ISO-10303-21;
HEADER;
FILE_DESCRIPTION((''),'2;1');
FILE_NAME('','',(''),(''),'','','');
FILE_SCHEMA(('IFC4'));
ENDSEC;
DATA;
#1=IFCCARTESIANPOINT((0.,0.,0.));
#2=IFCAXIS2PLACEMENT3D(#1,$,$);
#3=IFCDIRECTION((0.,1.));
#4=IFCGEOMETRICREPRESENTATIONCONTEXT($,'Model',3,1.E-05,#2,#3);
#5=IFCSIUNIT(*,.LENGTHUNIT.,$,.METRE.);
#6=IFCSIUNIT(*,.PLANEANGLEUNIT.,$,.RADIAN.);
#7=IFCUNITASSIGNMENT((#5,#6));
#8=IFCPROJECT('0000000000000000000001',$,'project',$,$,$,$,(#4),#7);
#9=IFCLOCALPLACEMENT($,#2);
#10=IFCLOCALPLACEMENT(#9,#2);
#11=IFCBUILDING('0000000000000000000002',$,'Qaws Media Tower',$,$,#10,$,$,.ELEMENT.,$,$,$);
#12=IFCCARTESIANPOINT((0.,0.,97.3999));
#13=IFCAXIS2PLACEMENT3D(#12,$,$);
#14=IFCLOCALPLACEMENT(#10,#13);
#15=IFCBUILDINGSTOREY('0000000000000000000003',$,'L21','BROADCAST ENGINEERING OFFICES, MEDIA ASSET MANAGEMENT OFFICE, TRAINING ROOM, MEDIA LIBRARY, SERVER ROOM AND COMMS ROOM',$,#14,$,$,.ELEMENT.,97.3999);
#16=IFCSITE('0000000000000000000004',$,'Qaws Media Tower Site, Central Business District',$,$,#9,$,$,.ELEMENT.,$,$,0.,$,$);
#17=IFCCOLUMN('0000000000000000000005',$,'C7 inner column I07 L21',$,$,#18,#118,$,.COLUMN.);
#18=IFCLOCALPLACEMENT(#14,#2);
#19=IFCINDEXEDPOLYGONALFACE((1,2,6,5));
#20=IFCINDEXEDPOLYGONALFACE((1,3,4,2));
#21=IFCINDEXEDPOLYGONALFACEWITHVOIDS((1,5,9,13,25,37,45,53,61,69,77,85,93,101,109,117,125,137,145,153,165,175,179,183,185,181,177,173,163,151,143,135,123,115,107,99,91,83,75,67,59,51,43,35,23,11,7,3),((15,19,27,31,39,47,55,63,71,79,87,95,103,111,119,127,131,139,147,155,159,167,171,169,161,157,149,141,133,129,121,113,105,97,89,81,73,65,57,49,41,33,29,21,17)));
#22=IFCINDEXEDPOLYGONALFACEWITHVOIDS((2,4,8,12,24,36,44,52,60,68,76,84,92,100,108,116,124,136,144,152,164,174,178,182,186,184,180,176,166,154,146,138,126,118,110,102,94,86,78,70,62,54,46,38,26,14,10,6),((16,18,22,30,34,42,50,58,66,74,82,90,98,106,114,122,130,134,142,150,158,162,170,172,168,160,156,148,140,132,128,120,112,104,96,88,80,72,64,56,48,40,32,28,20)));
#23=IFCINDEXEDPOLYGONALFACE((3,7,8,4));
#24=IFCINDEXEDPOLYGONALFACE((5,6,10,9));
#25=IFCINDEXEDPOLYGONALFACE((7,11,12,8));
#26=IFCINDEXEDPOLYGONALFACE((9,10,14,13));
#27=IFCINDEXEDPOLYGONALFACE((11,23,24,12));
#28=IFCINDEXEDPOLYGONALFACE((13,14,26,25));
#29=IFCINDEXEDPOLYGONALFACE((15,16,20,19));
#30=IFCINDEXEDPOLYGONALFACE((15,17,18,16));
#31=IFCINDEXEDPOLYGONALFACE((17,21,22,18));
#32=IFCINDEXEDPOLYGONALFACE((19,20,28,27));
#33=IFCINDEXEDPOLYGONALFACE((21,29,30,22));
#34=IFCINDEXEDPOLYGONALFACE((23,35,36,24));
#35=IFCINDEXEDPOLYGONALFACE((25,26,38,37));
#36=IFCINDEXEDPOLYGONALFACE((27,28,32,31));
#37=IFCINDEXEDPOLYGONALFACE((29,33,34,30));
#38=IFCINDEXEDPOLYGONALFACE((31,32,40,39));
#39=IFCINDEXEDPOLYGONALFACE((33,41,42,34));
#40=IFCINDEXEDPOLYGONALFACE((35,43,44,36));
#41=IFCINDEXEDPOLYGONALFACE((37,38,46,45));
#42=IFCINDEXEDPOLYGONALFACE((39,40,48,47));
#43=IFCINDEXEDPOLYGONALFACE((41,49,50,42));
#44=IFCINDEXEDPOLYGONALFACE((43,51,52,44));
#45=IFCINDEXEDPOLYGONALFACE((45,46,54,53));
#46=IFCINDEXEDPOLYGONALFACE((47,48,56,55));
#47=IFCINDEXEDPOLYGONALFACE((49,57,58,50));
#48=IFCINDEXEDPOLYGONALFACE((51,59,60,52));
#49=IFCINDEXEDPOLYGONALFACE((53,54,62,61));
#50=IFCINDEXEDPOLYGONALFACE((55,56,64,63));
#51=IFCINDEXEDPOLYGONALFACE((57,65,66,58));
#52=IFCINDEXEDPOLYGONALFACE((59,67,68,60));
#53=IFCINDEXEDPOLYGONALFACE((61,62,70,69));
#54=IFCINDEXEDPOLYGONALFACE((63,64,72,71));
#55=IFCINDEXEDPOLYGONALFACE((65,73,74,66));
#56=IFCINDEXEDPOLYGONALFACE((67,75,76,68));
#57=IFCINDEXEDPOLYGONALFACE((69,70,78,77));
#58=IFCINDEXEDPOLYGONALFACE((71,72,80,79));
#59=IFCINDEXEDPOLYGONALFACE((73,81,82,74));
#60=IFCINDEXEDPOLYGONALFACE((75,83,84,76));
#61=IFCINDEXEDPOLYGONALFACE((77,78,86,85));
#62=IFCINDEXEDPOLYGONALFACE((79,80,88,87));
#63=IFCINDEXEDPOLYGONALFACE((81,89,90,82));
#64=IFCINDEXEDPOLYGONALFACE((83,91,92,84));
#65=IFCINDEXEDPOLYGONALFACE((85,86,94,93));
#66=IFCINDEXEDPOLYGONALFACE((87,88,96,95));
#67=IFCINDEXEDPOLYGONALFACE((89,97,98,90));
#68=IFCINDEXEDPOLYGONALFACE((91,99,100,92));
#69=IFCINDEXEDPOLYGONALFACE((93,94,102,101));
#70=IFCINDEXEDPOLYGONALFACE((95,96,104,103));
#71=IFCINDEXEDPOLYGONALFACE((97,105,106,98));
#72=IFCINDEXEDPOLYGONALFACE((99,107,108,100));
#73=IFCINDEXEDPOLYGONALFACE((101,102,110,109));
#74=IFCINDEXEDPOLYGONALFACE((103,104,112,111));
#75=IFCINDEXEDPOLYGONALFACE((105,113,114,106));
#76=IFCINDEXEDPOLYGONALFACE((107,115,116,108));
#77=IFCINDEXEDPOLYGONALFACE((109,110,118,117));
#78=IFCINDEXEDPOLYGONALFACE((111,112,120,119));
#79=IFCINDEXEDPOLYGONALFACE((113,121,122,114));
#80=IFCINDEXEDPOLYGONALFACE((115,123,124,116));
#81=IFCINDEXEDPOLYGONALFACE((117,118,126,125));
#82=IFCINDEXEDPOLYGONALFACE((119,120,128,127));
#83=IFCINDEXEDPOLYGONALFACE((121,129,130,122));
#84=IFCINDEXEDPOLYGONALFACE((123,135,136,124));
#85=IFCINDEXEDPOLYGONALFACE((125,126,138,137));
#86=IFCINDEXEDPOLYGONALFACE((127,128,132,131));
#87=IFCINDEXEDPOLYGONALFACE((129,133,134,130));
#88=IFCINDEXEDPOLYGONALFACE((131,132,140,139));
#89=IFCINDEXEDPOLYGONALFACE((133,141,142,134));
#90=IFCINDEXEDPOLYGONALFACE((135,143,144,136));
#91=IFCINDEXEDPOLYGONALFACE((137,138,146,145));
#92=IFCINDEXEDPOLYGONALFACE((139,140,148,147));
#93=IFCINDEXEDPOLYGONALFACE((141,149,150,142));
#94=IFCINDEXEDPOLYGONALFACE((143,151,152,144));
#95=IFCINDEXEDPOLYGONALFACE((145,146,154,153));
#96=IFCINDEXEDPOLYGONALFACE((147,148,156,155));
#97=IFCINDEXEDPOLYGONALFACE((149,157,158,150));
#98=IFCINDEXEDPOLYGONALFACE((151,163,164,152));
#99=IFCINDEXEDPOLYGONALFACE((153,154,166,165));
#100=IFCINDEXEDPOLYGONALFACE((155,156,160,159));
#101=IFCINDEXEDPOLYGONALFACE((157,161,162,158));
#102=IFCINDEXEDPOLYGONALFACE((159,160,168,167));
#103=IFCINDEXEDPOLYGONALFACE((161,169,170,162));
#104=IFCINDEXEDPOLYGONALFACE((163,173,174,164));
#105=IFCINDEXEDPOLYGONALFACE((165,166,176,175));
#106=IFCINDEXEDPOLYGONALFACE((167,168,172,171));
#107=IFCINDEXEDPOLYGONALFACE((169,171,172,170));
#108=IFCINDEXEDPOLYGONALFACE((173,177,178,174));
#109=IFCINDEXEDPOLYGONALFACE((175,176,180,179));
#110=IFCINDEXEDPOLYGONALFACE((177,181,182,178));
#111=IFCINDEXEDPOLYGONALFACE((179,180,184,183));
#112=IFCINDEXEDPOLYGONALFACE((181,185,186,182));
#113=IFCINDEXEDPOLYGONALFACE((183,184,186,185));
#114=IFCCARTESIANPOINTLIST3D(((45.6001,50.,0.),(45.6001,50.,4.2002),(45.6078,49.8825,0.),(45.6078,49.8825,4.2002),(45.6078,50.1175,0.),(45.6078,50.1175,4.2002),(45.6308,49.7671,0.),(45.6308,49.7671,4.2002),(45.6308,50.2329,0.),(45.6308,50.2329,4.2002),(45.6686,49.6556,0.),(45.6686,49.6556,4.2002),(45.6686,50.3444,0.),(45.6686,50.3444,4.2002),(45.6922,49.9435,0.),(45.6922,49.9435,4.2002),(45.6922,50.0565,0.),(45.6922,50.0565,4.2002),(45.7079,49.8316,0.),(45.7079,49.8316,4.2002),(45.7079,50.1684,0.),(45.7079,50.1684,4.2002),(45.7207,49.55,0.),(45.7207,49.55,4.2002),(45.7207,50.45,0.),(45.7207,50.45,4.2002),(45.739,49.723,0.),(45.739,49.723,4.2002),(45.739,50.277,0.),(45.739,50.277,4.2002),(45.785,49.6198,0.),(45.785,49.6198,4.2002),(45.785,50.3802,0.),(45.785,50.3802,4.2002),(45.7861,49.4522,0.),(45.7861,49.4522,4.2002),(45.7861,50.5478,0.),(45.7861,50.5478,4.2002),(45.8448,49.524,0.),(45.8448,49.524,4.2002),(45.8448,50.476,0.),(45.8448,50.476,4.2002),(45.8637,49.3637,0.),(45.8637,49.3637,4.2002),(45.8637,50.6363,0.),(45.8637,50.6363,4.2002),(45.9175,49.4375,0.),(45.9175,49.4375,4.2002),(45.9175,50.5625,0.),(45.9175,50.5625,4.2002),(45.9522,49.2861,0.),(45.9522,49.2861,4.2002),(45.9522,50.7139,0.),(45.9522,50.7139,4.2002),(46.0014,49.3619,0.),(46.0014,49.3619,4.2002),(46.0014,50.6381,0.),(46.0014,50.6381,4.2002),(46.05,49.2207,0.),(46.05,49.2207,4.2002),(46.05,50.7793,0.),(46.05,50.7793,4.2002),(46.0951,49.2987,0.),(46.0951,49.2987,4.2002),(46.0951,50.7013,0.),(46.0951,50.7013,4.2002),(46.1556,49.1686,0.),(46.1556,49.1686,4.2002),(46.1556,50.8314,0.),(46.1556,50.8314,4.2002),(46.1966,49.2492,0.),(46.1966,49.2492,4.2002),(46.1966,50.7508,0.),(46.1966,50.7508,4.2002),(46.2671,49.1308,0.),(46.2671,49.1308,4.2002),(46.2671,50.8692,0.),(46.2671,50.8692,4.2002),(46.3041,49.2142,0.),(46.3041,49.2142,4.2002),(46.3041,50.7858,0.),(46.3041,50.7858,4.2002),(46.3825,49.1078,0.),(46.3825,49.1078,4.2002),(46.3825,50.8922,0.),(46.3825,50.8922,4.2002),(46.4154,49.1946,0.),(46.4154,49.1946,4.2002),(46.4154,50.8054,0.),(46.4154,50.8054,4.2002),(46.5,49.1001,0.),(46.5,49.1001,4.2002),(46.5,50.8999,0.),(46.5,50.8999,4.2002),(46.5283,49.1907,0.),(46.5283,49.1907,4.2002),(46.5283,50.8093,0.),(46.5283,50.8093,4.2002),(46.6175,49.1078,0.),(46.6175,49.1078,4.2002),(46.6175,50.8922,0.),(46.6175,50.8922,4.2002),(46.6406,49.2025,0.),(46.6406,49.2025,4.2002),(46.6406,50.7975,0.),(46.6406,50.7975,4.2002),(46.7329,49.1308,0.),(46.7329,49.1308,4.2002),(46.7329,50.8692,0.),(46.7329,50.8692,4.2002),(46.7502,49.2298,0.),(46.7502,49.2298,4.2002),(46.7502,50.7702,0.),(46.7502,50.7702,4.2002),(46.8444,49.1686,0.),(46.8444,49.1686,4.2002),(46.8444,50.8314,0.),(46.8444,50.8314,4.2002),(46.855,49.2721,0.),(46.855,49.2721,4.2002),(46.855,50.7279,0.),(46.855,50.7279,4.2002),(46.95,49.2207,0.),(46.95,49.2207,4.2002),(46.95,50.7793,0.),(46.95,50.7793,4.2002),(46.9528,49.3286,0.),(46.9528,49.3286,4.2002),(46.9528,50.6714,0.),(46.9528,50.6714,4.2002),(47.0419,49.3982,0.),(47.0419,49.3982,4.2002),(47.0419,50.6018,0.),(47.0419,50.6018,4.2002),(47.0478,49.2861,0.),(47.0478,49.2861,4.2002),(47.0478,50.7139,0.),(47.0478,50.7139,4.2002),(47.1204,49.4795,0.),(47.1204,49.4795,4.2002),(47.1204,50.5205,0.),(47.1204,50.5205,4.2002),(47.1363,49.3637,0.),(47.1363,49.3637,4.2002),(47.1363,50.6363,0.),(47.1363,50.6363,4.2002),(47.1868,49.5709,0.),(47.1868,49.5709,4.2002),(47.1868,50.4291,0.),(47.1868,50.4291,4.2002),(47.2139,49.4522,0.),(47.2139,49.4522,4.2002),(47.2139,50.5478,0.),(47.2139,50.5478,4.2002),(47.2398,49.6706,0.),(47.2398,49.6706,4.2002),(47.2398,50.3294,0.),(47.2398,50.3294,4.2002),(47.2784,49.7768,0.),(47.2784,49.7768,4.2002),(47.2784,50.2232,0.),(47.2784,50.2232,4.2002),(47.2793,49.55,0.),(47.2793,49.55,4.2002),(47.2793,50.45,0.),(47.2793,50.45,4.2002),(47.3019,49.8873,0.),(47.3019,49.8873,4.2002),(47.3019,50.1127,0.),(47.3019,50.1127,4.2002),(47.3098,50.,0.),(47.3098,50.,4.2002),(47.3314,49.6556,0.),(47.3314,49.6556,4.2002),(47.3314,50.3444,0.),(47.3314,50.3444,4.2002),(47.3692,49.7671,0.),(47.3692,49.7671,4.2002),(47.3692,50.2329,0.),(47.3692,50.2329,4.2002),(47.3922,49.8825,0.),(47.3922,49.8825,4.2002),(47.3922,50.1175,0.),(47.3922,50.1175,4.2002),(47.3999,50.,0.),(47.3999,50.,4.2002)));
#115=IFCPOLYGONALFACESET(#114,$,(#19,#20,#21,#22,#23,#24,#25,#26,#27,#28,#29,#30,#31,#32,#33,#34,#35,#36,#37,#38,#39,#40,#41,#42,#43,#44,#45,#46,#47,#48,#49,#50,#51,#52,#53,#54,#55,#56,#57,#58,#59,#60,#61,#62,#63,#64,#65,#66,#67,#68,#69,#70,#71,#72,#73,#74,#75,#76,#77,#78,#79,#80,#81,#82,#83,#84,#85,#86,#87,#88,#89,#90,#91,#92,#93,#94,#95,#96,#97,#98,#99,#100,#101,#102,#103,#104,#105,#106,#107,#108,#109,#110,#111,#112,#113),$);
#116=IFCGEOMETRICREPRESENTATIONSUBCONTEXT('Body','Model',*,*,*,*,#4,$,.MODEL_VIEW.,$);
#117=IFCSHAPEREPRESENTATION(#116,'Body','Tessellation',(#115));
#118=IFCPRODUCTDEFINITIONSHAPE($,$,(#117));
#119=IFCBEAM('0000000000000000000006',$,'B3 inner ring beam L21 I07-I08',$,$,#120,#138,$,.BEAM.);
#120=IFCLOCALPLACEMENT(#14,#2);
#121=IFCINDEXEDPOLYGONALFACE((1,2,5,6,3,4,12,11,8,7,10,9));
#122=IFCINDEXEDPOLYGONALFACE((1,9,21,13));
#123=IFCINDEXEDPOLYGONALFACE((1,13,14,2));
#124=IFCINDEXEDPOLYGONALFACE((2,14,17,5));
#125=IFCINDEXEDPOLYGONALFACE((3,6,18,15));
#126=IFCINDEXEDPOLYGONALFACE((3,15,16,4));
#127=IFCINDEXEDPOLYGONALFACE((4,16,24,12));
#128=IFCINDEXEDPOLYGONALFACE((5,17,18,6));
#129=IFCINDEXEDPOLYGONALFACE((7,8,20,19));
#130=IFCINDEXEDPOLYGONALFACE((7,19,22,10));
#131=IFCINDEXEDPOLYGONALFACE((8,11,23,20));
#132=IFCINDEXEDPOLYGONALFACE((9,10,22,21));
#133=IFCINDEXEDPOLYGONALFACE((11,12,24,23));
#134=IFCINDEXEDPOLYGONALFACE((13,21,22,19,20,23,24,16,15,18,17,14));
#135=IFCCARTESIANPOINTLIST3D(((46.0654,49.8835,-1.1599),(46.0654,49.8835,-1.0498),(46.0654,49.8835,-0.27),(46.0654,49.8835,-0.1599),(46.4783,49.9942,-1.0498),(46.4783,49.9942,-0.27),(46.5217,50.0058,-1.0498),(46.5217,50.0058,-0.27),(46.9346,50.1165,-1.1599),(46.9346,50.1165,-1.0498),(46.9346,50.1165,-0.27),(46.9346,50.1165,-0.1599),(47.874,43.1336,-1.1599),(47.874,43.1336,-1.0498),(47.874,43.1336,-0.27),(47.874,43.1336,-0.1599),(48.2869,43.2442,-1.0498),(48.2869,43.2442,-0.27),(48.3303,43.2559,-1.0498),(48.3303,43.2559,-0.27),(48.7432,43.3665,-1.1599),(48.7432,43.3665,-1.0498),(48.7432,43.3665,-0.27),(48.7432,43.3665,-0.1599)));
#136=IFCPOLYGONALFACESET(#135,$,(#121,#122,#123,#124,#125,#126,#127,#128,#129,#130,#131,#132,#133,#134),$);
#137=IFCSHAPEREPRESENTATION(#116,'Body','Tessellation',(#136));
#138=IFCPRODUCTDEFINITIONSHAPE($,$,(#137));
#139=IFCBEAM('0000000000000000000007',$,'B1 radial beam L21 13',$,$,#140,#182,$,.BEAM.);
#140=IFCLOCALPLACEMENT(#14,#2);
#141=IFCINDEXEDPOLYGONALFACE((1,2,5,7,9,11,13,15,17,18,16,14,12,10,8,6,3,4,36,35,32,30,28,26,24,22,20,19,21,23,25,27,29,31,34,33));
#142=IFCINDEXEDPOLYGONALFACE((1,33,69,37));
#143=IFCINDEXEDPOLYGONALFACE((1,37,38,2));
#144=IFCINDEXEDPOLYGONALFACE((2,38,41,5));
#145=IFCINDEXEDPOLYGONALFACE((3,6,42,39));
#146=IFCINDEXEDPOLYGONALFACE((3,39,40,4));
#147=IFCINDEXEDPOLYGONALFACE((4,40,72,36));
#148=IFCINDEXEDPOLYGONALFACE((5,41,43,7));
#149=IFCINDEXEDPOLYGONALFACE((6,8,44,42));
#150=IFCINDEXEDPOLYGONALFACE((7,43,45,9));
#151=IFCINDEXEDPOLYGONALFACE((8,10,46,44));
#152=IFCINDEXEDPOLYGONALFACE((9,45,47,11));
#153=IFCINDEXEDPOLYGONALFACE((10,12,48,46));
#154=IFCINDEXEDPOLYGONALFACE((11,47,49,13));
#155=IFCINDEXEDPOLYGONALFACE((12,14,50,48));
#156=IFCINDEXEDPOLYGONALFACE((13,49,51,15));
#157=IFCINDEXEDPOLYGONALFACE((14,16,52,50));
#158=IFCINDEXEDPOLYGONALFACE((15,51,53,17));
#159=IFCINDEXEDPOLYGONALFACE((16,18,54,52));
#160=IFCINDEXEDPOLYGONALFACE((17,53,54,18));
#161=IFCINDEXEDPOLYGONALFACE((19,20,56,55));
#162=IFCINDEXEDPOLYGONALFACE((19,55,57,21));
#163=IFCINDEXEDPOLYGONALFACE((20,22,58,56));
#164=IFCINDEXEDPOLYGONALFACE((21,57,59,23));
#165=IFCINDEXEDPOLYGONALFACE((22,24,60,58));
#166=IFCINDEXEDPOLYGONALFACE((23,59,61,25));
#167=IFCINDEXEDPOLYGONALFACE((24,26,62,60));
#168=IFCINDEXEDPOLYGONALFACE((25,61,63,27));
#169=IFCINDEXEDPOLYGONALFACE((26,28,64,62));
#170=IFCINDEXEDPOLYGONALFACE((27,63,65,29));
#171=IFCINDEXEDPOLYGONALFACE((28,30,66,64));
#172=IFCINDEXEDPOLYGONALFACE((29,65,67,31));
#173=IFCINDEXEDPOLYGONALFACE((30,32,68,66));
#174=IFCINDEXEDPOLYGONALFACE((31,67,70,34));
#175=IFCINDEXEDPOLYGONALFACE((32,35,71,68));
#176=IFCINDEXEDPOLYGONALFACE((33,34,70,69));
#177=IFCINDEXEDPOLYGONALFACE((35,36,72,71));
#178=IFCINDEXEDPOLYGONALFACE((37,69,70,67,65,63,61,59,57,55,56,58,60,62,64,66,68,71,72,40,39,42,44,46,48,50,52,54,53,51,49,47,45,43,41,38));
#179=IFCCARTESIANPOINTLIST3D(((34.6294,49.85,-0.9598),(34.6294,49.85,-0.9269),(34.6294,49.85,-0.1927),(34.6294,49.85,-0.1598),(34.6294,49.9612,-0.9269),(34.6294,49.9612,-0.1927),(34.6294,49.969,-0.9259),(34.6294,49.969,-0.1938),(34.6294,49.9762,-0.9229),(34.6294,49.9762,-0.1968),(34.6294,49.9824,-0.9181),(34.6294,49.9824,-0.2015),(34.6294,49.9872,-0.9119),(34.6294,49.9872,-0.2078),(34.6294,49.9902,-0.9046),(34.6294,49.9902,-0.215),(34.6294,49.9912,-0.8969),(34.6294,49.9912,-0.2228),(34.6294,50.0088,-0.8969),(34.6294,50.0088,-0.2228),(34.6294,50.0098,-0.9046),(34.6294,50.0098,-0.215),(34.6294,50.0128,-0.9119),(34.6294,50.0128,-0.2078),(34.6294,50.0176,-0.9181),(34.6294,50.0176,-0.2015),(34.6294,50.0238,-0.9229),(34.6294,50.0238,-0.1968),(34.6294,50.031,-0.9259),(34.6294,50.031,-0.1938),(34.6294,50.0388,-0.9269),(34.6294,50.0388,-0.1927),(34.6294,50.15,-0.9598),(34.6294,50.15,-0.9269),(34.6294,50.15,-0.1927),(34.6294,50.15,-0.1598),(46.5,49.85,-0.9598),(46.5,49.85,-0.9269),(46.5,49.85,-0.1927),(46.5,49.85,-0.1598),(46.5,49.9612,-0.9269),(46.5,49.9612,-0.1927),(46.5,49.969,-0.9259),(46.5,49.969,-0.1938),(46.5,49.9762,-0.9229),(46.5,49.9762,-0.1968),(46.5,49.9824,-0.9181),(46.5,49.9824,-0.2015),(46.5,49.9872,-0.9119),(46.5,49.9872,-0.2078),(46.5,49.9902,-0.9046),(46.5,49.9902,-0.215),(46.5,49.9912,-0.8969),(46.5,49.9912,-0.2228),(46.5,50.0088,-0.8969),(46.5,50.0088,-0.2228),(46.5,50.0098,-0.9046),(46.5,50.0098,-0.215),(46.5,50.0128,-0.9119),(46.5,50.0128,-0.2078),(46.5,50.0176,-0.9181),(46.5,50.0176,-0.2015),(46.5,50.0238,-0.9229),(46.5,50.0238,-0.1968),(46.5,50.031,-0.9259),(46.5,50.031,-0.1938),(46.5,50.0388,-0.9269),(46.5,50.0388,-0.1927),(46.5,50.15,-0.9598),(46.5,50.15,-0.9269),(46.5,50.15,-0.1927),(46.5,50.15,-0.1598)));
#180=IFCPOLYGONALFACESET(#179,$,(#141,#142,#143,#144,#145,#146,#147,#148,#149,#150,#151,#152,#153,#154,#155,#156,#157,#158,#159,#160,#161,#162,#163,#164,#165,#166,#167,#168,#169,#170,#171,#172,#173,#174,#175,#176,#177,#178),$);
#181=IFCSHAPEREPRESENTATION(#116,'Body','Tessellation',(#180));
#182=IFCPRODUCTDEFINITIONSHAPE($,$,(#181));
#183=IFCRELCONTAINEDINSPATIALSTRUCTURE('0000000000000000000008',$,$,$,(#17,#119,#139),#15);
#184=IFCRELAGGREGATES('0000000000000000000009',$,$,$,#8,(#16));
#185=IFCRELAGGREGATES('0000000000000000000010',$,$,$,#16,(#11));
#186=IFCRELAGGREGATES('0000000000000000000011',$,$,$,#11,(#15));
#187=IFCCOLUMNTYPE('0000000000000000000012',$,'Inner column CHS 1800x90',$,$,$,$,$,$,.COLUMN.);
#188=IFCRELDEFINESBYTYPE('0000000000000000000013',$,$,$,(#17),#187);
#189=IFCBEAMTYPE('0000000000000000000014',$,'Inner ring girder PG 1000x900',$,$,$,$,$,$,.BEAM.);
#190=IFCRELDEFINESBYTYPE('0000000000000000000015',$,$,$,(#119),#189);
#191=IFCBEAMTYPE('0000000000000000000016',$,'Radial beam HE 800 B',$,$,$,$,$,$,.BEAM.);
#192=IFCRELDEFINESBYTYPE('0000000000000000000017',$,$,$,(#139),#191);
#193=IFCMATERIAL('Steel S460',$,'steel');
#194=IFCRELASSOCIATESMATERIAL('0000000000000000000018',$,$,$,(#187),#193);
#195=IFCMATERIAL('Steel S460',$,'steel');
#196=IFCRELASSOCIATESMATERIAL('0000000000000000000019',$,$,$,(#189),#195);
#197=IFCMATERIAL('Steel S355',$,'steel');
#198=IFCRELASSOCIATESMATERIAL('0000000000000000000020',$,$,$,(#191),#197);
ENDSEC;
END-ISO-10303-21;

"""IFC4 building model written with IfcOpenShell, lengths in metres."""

from ifc_helpers import new_model, si_unit, direction, frame, origin, origin_2d, place, context, subcontext, project, spatial, hollow_circle, i_section, extrude, material, material_profile, profile_set, type_object, element, save


model = new_model("IFC4")

# Units and contexts
model_context = context("Model", 3, precision=1e-05, world=origin(), true_north=direction((0.0, 1.0)))
body_context = subcontext(model_context, "Body", "Model", "MODEL_VIEW")
ifc_project = project(units=[si_unit("LENGTHUNIT", "METRE"), si_unit("PLANEANGLEUNIT", "RADIAN")], contexts=[model_context])

# Site, building, storey
site_placement = place(None, origin())
site = spatial("IfcSite", under=ifc_project, at=site_placement, Name="Qaws Media Tower Site, Central Business District", CompositionType="ELEMENT", RefElevation=0.0)
building_placement = place(site_placement, origin())
building = spatial("IfcBuilding", under=site, at=building_placement, Name="Qaws Media Tower", CompositionType="ELEMENT")
storey_placement = place(building_placement, frame((0.0, 0.0, 97.3999)))
storey = spatial("IfcBuildingStorey", under=building, at=storey_placement, Name="L21", Description="BROADCAST ENGINEERING OFFICES, MEDIA ASSET MANAGEMENT OFFICE, TRAINING ROOM, MEDIA LIBRARY, SERVER ROOM AND COMMS ROOM", CompositionType="ELEMENT", Elevation=97.3999)

# Column
ifc_material_1 = material(Name="Steel S460", Category="steel")
ifc_material_profile_1 = material_profile(ifc_material_1, hollow_circle(Radius=0.8999, WallThickness=0.0901, at=origin_2d()), Name="CHS 1800x90")
ifc_profile_set_1 = profile_set([ifc_material_profile_1], Name="Steel S460")
column_type = type_object("IfcColumnType", Name="Inner column CHS 1800x90", PredefinedType="COLUMN", material=ifc_profile_set_1)
column_placement = place(storey_placement, frame((46.5, 50.0, 0.0), z_axis=(0.0, 0.0, 1.0), x_axis=(1.0, 0.0, 0.0)))
element("IfcColumn", 1, at=column_placement, inside=storey, type_object=column_type, Name="C7 inner column I07 L21", PredefinedType="COLUMN", context=body_context, shape_type="SweptSolid", body=[
    extrude(hollow_circle(Radius=0.8999, WallThickness=0.0901, at=origin_2d()), origin(), (0.0, 0.0, 1.0), 4.2002),
])

# Beams
ifc_material_2 = material(Name="Steel S460", Category="steel")
ifc_material_profile_2 = material_profile(ifc_material_2, i_section(OverallWidth=0.8999, OverallDepth=1.0, WebThickness=0.0449, FlangeThickness=0.1101, at=origin_2d()), Name="PG 1000x900")
ifc_profile_set_2 = profile_set([ifc_material_profile_2], Name="Steel S460")
beam_type_1 = type_object("IfcBeamType", Name="Inner ring girder PG 1000x900", PredefinedType="BEAM", material=ifc_profile_set_2)
beam_1_placement = place(storey_placement, frame((46.5, 50.0, -0.6599), z_axis=(0.258811, -0.965928, 0.0), x_axis=(0.965928, 0.258811, 0.0)))
element("IfcBeam", 2, at=beam_1_placement, inside=storey, type_object=beam_type_1, Name="B3 inner ring beam L21 I07-I08", PredefinedType="BEAM", context=body_context, shape_type="SweptSolid", body=[
    extrude(i_section(OverallWidth=0.8999, OverallDepth=1.0, WebThickness=0.0449, FlangeThickness=0.1101, at=origin_2d()), origin(), (0.0, 0.0, 1.0), 6.988),
])
ifc_material_3 = material(Name="Steel S355", Category="steel")
ifc_material_profile_3 = material_profile(ifc_material_3, i_section(OverallWidth=0.3, OverallDepth=0.8, WebThickness=0.0176, FlangeThickness=0.033, FilletRadius=0.03, at=origin_2d()), Name="HE 800 B")
ifc_profile_set_3 = profile_set([ifc_material_profile_3], Name="Steel S355")
beam_type_2 = type_object("IfcBeamType", Name="Radial beam HE 800 B", PredefinedType="BEAM", material=ifc_profile_set_3)
beam_2_placement = place(storey_placement, frame((46.5, 50.0, -0.5598), z_axis=(-1.0, 0.0, 0.0), x_axis=(0.0, -1.0, 0.0)))
element("IfcBeam", 3, at=beam_2_placement, inside=storey, type_object=beam_type_2, Name="B1 radial beam L21 13", PredefinedType="BEAM", context=body_context, shape_type="SweptSolid", body=[
    extrude(i_section(OverallWidth=0.3, OverallDepth=0.8, WebThickness=0.0176, FlangeThickness=0.033, FilletRadius=0.03, at=origin_2d()), origin(), (0.0, 0.0, 1.0), 11.8706),
])

save(model, "model.ifc")
